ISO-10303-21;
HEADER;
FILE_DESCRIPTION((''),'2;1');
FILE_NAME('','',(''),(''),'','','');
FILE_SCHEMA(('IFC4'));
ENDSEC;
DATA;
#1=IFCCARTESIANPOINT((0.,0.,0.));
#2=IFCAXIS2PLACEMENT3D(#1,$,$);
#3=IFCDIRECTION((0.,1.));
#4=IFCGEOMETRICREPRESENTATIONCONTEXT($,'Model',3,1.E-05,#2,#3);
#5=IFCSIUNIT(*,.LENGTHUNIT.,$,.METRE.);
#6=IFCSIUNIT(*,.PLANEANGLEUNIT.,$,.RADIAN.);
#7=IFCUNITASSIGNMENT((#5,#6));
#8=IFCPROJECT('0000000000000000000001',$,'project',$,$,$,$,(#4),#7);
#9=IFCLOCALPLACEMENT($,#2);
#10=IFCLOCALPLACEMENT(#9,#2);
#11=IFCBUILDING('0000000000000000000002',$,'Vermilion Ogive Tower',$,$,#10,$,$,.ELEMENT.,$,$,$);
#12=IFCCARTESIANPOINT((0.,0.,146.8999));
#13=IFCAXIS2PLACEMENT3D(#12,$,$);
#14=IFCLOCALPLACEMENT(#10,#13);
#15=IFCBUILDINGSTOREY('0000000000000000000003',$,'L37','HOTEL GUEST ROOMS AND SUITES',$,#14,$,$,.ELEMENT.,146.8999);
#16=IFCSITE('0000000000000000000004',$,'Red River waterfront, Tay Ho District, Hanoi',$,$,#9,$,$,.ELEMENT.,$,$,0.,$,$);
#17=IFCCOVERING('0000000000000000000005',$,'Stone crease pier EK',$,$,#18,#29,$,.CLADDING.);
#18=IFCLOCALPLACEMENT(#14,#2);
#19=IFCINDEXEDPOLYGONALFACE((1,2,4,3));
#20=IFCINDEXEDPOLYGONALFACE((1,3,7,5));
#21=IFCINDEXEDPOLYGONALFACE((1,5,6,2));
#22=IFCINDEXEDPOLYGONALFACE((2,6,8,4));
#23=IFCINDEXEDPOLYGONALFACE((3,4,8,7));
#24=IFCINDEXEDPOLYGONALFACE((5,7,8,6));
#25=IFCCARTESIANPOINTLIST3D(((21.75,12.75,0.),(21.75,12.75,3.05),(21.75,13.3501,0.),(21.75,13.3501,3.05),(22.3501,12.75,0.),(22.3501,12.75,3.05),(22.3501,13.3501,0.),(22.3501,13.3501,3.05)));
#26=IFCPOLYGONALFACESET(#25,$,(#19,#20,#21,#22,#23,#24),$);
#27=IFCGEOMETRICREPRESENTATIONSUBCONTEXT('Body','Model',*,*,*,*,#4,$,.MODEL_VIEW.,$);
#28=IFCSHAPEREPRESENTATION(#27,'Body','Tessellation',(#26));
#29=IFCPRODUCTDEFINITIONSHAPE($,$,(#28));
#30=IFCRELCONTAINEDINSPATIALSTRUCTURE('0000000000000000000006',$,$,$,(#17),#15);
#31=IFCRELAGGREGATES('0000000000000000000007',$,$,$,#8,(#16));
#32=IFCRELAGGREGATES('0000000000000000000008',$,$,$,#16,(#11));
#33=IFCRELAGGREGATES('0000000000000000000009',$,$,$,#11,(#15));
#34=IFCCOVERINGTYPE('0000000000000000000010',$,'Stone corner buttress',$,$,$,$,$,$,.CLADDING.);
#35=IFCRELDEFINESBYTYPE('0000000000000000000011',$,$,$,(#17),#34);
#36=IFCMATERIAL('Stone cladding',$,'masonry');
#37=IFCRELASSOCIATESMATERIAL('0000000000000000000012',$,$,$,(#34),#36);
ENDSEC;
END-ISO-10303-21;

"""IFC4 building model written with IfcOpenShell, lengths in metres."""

from ifc_helpers import new_model, si_unit, direction, frame, origin, place, context, subcontext, project, spatial, polyline, outline, extrude, material, type_object, element, save


model = new_model("IFC4")

# Units and contexts
model_context = context("Model", 3, precision=1e-05, world=origin(), true_north=direction((0.0, 1.0)))
body_context = subcontext(model_context, "Body", "Model", "MODEL_VIEW")
ifc_project = project(units=[si_unit("LENGTHUNIT", "METRE"), si_unit("PLANEANGLEUNIT", "RADIAN")], contexts=[model_context])

# Site, building, storey
site_placement = place(None, origin())
site = spatial("IfcSite", under=ifc_project, at=site_placement, Name="Red River waterfront, Tay Ho District, Hanoi", CompositionType="ELEMENT", RefElevation=0.0)
building_placement = place(site_placement, origin())
building = spatial("IfcBuilding", under=site, at=building_placement, Name="Vermilion Ogive Tower", CompositionType="ELEMENT")
storey_placement = place(building_placement, frame((0.0, 0.0, 146.8999)))
storey = spatial("IfcBuildingStorey", under=building, at=storey_placement, Name="L37", Description="HOTEL GUEST ROOMS AND SUITES", CompositionType="ELEMENT", Elevation=146.8999)

# Covering
ifc_material_1 = material(Name="Stone cladding", Category="masonry")
covering_type = type_object("IfcCoveringType", Name="Stone corner buttress", PredefinedType="CLADDING", material=ifc_material_1)
covering_1_placement = place(storey_placement, origin())
element("IfcCovering", 1, at=covering_1_placement, inside=storey, type_object=covering_type, Name="Stone crease pier EK", PredefinedType="CLADDING", context=body_context, shape_type="SweptSolid", body=[
    extrude(outline(polyline([(22.3501, 12.75), (22.3501, 13.3501), (21.75, 13.3501), (21.75, 12.75), (22.3501, 12.75)])), origin(), (0.0, 0.0, 1.0), 3.05),
])

save(model, "model.ifc")
